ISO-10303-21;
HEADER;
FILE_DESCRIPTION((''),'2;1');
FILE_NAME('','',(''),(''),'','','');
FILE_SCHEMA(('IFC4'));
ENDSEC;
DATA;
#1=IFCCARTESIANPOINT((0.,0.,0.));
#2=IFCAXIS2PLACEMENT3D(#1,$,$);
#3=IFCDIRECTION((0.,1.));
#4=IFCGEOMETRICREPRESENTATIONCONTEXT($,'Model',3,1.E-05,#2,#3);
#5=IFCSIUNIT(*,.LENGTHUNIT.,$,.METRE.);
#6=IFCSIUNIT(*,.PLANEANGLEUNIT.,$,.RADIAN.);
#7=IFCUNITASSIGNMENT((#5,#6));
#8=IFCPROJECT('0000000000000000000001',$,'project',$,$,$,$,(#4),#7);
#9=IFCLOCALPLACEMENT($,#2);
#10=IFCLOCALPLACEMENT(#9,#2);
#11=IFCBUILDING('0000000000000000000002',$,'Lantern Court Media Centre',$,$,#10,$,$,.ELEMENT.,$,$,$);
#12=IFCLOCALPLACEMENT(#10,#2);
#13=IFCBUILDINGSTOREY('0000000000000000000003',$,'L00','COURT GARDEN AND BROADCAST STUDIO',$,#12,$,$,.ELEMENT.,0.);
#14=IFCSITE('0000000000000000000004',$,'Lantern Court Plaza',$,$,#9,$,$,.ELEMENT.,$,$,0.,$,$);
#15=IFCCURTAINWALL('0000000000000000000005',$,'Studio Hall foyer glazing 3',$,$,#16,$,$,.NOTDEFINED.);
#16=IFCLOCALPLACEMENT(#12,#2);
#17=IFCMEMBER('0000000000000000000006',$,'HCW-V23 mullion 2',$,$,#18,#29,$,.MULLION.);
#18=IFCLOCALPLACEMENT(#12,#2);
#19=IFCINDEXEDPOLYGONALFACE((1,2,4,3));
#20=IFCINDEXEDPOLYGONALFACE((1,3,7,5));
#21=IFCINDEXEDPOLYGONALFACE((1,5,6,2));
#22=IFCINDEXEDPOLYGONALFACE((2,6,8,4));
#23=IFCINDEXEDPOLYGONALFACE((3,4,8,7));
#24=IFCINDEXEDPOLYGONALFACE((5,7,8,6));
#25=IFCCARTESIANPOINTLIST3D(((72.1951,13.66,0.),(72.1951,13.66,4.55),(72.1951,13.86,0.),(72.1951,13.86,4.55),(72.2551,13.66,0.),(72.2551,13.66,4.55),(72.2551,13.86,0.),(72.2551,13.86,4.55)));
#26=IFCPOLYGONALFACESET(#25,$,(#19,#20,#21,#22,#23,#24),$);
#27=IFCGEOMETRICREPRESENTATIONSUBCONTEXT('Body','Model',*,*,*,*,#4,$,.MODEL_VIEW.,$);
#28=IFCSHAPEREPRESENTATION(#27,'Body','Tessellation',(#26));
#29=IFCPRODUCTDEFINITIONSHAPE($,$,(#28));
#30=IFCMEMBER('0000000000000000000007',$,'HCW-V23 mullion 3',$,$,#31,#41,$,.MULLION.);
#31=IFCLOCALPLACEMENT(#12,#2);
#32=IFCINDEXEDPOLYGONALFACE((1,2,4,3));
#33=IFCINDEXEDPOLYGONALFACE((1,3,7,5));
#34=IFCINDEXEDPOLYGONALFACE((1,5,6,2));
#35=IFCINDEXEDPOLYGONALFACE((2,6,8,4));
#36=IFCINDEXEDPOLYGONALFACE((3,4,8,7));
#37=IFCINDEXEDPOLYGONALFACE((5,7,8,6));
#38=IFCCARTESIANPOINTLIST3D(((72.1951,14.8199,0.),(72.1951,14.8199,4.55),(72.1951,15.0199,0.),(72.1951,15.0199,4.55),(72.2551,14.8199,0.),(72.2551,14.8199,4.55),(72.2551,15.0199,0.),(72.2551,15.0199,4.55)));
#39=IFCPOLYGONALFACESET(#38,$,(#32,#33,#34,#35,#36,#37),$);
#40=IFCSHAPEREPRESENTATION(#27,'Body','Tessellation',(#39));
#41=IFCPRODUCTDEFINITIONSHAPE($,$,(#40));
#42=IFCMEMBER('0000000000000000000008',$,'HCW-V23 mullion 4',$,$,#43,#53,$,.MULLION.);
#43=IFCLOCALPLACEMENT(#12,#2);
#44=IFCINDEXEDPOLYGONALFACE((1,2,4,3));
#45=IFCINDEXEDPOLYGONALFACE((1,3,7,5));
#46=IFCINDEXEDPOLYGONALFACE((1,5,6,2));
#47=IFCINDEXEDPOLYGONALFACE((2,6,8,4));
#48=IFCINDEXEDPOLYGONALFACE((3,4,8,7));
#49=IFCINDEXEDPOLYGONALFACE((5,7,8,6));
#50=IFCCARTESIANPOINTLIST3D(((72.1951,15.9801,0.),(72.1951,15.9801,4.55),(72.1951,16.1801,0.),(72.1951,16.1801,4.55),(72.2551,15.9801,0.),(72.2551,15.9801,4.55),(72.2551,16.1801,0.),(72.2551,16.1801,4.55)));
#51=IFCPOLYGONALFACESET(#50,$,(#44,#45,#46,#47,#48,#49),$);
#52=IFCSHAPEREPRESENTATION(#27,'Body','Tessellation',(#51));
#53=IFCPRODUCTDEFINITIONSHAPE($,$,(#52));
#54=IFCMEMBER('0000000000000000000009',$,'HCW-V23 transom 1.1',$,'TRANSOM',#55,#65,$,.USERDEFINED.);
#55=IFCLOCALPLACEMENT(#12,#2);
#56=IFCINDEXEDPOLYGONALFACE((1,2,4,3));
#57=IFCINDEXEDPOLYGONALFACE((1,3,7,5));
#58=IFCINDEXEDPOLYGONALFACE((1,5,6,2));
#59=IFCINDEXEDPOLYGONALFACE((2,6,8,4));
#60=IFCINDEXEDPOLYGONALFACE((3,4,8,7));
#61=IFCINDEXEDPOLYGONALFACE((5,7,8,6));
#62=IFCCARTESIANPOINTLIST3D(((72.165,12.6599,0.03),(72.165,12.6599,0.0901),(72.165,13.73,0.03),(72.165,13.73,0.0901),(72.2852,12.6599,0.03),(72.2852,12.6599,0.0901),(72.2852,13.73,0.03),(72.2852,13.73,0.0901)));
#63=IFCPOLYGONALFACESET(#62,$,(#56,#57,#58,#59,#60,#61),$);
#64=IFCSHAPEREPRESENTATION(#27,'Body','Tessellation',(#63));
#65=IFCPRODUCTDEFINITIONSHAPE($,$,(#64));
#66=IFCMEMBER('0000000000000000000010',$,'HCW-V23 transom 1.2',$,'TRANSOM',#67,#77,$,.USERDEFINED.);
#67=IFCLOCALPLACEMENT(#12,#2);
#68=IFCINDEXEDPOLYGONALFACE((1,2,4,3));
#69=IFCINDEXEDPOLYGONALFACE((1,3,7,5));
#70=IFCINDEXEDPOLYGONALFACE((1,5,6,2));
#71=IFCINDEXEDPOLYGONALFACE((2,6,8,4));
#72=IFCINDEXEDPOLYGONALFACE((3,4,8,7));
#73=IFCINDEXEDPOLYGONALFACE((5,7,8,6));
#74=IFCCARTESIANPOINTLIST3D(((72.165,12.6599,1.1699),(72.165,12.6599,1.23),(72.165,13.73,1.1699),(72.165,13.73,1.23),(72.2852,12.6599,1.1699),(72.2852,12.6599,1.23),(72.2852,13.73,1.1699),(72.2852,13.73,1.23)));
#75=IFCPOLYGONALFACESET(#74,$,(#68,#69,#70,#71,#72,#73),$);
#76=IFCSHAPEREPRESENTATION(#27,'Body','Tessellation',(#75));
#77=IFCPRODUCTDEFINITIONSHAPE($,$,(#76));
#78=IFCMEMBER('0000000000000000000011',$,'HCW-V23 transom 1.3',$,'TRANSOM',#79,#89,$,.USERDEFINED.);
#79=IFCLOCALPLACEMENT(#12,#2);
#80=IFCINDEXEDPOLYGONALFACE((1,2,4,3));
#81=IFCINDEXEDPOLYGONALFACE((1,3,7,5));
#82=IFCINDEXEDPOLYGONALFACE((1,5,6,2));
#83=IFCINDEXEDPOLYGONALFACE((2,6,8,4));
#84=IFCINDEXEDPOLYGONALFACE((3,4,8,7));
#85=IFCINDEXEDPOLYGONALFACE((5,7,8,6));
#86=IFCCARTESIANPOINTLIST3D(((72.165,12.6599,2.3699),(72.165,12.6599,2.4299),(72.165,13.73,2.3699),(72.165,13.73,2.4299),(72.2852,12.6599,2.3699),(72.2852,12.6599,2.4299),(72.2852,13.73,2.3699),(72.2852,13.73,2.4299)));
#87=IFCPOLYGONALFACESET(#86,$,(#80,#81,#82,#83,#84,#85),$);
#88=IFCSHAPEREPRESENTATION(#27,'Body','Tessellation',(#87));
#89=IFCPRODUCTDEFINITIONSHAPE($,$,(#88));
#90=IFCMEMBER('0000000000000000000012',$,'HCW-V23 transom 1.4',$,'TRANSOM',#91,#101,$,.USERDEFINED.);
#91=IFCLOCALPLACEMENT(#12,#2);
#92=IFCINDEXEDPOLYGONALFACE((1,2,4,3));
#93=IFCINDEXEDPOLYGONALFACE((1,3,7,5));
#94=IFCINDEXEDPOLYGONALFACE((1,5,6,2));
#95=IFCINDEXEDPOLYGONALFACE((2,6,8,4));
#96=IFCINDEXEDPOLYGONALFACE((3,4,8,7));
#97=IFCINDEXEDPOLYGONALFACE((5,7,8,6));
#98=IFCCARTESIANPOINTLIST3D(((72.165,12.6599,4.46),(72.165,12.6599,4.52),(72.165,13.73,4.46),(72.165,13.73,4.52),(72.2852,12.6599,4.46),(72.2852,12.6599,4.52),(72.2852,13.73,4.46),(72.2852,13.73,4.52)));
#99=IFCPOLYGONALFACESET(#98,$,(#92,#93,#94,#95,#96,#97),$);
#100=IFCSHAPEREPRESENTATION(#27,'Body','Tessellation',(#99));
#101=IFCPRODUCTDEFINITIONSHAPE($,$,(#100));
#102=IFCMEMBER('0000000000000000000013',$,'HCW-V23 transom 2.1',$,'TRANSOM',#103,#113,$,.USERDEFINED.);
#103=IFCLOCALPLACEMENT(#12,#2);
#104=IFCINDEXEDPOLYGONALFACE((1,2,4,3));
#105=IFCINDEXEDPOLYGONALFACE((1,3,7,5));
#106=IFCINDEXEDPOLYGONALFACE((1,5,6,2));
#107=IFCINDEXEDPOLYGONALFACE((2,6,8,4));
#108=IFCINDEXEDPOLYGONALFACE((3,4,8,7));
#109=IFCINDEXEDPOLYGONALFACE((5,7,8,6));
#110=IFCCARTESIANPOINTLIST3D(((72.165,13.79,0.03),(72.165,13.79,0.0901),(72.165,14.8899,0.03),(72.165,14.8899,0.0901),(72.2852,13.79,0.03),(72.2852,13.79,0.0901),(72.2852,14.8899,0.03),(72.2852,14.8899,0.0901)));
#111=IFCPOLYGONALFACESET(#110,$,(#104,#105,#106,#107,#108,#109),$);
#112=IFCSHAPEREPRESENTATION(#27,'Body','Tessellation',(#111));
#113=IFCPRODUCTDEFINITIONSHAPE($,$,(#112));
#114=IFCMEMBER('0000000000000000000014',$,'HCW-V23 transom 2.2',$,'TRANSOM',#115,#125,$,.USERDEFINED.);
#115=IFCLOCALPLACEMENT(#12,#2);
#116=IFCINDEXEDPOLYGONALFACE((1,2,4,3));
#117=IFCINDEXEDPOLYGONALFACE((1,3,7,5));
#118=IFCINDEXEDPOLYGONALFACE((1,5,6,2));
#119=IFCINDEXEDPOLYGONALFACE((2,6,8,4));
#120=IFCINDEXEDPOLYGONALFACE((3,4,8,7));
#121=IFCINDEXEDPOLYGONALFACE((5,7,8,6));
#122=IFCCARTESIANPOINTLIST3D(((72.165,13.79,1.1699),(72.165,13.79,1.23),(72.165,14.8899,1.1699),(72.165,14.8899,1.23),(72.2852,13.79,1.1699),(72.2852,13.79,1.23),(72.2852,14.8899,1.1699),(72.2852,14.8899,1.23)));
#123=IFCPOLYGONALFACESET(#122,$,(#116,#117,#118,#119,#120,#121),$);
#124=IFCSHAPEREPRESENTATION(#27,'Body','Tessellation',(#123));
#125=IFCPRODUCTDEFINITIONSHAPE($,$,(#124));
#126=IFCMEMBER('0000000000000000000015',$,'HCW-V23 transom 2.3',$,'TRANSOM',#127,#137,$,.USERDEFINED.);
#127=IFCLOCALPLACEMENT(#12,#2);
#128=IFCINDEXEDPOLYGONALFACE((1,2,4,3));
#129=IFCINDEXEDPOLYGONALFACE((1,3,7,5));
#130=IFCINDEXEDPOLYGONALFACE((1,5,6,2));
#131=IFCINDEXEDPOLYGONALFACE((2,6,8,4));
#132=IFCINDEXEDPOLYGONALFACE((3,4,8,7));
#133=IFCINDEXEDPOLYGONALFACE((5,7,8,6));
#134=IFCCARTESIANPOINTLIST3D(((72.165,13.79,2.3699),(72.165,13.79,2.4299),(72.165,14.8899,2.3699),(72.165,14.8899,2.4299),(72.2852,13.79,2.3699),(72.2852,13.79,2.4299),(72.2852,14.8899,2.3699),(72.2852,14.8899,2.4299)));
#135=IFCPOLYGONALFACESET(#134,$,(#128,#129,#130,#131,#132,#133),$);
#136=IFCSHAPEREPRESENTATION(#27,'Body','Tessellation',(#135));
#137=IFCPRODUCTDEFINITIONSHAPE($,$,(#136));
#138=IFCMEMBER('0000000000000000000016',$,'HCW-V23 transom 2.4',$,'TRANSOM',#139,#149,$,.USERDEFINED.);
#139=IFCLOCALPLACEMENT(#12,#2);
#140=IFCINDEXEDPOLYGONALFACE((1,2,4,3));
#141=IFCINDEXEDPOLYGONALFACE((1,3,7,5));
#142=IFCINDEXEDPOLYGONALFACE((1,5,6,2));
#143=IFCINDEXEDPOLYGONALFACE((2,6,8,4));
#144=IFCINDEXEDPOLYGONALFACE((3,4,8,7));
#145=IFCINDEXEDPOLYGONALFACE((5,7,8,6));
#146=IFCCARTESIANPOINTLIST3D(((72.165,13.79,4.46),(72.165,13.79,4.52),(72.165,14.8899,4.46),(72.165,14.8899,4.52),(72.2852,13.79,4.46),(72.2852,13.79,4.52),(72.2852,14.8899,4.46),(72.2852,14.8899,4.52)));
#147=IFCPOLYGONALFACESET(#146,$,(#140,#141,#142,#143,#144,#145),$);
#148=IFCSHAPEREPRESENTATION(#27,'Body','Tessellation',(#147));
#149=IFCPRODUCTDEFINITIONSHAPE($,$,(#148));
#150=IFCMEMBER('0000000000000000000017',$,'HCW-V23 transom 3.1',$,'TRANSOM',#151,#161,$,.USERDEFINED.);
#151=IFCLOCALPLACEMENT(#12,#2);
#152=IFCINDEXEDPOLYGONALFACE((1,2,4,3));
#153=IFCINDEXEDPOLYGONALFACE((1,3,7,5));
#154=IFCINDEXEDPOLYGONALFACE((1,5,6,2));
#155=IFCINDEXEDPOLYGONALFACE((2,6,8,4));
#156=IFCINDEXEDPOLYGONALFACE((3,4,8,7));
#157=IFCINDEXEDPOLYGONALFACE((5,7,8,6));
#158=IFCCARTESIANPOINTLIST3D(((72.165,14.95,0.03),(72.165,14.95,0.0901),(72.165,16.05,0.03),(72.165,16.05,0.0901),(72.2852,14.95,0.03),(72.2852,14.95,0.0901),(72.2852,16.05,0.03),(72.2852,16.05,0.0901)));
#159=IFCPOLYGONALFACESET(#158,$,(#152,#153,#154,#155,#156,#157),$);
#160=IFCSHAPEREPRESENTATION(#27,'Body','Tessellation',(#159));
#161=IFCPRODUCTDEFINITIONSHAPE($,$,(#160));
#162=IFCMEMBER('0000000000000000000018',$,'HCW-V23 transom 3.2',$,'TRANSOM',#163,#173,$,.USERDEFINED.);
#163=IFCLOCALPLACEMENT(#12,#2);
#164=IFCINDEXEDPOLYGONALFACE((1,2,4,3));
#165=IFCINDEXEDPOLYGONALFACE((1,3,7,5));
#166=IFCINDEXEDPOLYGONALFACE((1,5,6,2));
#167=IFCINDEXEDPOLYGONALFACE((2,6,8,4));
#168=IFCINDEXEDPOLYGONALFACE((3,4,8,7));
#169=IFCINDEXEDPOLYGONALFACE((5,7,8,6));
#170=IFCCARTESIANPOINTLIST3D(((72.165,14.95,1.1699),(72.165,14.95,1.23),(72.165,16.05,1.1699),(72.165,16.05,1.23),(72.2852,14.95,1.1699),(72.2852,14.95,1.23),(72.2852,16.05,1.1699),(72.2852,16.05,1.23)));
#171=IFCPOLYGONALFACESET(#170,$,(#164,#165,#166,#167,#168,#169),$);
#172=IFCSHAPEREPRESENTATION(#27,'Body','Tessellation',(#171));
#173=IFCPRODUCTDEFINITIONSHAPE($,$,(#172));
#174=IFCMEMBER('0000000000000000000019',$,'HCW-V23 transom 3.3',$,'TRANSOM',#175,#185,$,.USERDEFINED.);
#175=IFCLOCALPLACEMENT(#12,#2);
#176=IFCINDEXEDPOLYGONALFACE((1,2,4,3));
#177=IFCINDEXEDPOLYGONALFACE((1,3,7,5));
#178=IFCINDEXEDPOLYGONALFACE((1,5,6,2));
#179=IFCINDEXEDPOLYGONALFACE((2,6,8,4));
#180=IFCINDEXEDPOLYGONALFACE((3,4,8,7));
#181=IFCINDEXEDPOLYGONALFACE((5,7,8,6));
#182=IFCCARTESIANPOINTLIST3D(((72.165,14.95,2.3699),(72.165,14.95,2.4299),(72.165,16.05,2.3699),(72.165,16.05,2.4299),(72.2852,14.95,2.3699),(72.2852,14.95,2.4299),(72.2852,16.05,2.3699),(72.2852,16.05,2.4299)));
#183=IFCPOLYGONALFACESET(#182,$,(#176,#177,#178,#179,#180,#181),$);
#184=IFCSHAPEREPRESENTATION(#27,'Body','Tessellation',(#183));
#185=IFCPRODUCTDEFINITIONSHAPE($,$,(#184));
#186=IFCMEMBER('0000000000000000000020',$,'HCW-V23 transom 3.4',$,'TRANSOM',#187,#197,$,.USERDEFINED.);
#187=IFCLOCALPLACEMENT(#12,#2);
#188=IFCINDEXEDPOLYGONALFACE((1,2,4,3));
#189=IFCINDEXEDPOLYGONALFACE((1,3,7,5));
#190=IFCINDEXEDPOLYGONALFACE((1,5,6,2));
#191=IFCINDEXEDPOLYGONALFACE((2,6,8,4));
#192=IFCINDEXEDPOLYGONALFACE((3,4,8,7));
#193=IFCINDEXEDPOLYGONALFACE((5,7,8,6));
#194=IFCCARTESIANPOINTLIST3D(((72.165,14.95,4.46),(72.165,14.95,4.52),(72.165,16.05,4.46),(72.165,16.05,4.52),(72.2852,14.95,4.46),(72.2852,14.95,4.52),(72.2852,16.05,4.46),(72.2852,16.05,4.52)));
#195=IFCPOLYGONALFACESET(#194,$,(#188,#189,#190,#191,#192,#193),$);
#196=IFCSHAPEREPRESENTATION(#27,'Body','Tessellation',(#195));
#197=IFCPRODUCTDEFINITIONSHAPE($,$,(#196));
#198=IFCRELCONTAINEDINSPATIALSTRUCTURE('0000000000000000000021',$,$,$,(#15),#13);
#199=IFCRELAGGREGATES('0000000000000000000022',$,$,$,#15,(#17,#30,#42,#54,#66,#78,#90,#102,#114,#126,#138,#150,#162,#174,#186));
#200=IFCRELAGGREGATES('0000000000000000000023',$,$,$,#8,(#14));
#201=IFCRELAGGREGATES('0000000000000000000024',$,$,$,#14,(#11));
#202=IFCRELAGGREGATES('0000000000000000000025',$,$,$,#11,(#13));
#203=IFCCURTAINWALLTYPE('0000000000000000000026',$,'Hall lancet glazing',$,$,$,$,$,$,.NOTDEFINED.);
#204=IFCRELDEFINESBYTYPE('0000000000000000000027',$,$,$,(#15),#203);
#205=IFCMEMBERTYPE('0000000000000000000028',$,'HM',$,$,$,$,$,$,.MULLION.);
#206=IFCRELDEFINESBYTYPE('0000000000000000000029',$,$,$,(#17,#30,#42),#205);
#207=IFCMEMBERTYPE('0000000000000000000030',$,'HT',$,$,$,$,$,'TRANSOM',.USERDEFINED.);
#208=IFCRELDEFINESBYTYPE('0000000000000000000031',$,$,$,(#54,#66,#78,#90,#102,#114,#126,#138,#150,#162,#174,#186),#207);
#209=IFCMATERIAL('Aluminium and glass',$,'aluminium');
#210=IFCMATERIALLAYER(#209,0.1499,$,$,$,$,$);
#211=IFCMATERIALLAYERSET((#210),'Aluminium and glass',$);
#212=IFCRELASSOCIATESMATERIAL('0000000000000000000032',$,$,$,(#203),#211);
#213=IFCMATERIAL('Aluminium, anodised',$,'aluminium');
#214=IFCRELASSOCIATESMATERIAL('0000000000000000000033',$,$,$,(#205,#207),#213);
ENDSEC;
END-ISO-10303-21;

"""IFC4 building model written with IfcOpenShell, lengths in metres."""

from ifc_helpers import new_model, si_unit, direction, frame, origin, origin_2d, place, context, subcontext, project, spatial, rectangle, extrude, material, layer, layer_set, material_profile, profile_set, type_object, element, aggregate, save


model = new_model("IFC4")

# Units and contexts
model_context = context("Model", 3, precision=1e-05, world=origin(), true_north=direction((0.0, 1.0)))
body_context = subcontext(model_context, "Body", "Model", "MODEL_VIEW")
ifc_project = project(units=[si_unit("LENGTHUNIT", "METRE"), si_unit("PLANEANGLEUNIT", "RADIAN")], contexts=[model_context])

# Site, building, storey
site_placement = place(None, origin())
site = spatial("IfcSite", under=ifc_project, at=site_placement, Name="Lantern Court Plaza", CompositionType="ELEMENT", RefElevation=0.0)
building_placement = place(site_placement, origin())
building = spatial("IfcBuilding", under=site, at=building_placement, Name="Lantern Court Media Centre", CompositionType="ELEMENT")
storey_placement = place(building_placement, origin())
storey = spatial("IfcBuildingStorey", under=building, at=storey_placement, Name="L00", Description="COURT GARDEN AND BROADCAST STUDIO", CompositionType="ELEMENT", Elevation=0.0)

# Curtain wall, members
ifc_material_1 = material(Name="Aluminium and glass", Category="aluminium")
ifc_layer_1 = layer(ifc_material_1, 0.1499)
ifc_layer_set_1 = layer_set([ifc_layer_1], Name="Aluminium and glass")
curtain_wall_type = type_object("IfcCurtainWallType", Name="Hall lancet glazing", PredefinedType="NOTDEFINED", material=ifc_layer_set_1)
curtain_wall_placement = place(storey_placement, origin())
curtain_wall = element("IfcCurtainWall", 1, at=curtain_wall_placement, inside=storey, type_object=curtain_wall_type, Name="Studio Hall foyer glazing 3", PredefinedType="NOTDEFINED")
ifc_material_2 = material(Name="Aluminium, anodised", Category="aluminium")
ifc_material_profile_1 = material_profile(ifc_material_2, rectangle(XDim=0.0601, YDim=0.2, at=origin_2d()), Name="HM")
ifc_profile_set_1 = profile_set([ifc_material_profile_1], Name="Aluminium, anodised")
member_type_1 = type_object("IfcMemberType", Name="HM", PredefinedType="MULLION", material=ifc_profile_set_1)
member_1_placement = place(storey_placement, frame((72.2251, 13.76, 0.0), z_axis=(0.0, 0.0, 1.0), x_axis=(-1.0, 0.0, 0.0)))
member_1 = element("IfcMember", 2, at=member_1_placement, type_object=member_type_1, Name="HCW-V23 mullion 2", PredefinedType="MULLION", context=body_context, shape_type="SweptSolid", body=[
    extrude(rectangle(XDim=0.0601, YDim=0.2, at=origin_2d()), origin(), (0.0, 0.0, 1.0), 4.55),
])
member_2_placement = place(storey_placement, frame((72.2251, 14.9199, 0.0), z_axis=(0.0, 0.0, 1.0), x_axis=(-1.0, 0.0, 0.0)))
member_2 = element("IfcMember", 3, at=member_2_placement, type_object=member_type_1, Name="HCW-V23 mullion 3", PredefinedType="MULLION", context=body_context, shape_type="SweptSolid", body=[
    extrude(rectangle(XDim=0.0601, YDim=0.2, at=origin_2d()), origin(), (0.0, 0.0, 1.0), 4.55),
])
member_3_placement = place(storey_placement, frame((72.2251, 16.0801, 0.0), z_axis=(0.0, 0.0, 1.0), x_axis=(-1.0, 0.0, 0.0)))
member_3 = element("IfcMember", 4, at=member_3_placement, type_object=member_type_1, Name="HCW-V23 mullion 4", PredefinedType="MULLION", context=body_context, shape_type="SweptSolid", body=[
    extrude(rectangle(XDim=0.0601, YDim=0.2, at=origin_2d()), origin(), (0.0, 0.0, 1.0), 4.55),
])
ifc_material_profile_2 = material_profile(ifc_material_2, rectangle(XDim=0.1201, YDim=0.0601, at=origin_2d()), Name="HT")
ifc_profile_set_2 = profile_set([ifc_material_profile_2], Name="Aluminium, anodised")
member_type_2 = type_object("IfcMemberType", Name="HT", ElementType="TRANSOM", PredefinedType="USERDEFINED", material=ifc_profile_set_2)
member_4_placement = place(storey_placement, frame((72.2251, 12.6599, 0.0601), z_axis=(0.0, 1.0, 0.0), x_axis=(-1.0, 0.0, 0.0)))
member_4 = element("IfcMember", 5, at=member_4_placement, type_object=member_type_2, Name="HCW-V23 transom 1.1", ObjectType="TRANSOM", PredefinedType="USERDEFINED", context=body_context, shape_type="SweptSolid", body=[
    extrude(rectangle(XDim=0.1201, YDim=0.0601, at=origin_2d()), origin(), (0.0, 0.0, 1.0), 1.0701),
])
member_5_placement = place(storey_placement, frame((72.2251, 12.6599, 1.2), z_axis=(0.0, 1.0, 0.0), x_axis=(-1.0, 0.0, 0.0)))
member_5 = element("IfcMember", 6, at=member_5_placement, type_object=member_type_2, Name="HCW-V23 transom 1.2", ObjectType="TRANSOM", PredefinedType="USERDEFINED", context=body_context, shape_type="SweptSolid", body=[
    extrude(rectangle(XDim=0.1201, YDim=0.0601, at=origin_2d()), origin(), (0.0, 0.0, 1.0), 1.0701),
])
member_6_placement = place(storey_placement, frame((72.2251, 12.6599, 2.3999), z_axis=(0.0, 1.0, 0.0), x_axis=(-1.0, 0.0, 0.0)))
member_6 = element("IfcMember", 7, at=member_6_placement, type_object=member_type_2, Name="HCW-V23 transom 1.3", ObjectType="TRANSOM", PredefinedType="USERDEFINED", context=body_context, shape_type="SweptSolid", body=[
    extrude(rectangle(XDim=0.1201, YDim=0.0601, at=origin_2d()), origin(), (0.0, 0.0, 1.0), 1.0701),
])
member_7_placement = place(storey_placement, frame((72.2251, 12.6599, 4.49), z_axis=(0.0, 1.0, 0.0), x_axis=(-1.0, 0.0, 0.0)))
member_7 = element("IfcMember", 8, at=member_7_placement, type_object=member_type_2, Name="HCW-V23 transom 1.4", ObjectType="TRANSOM", PredefinedType="USERDEFINED", context=body_context, shape_type="SweptSolid", body=[
    extrude(rectangle(XDim=0.1201, YDim=0.0601, at=origin_2d()), origin(), (0.0, 0.0, 1.0), 1.0701),
])
member_8_placement = place(storey_placement, frame((72.2251, 13.79, 0.0601), z_axis=(0.0, 1.0, 0.0), x_axis=(-1.0, 0.0, 0.0)))
member_8 = element("IfcMember", 9, at=member_8_placement, type_object=member_type_2, Name="HCW-V23 transom 2.1", ObjectType="TRANSOM", PredefinedType="USERDEFINED", context=body_context, shape_type="SweptSolid", body=[
    extrude(rectangle(XDim=0.1201, YDim=0.0601, at=origin_2d()), origin(), (0.0, 0.0, 1.0), 1.0999),
])
member_9_placement = place(storey_placement, frame((72.2251, 13.79, 1.2), z_axis=(0.0, 1.0, 0.0), x_axis=(-1.0, 0.0, 0.0)))
member_9 = element("IfcMember", 10, at=member_9_placement, type_object=member_type_2, Name="HCW-V23 transom 2.2", ObjectType="TRANSOM", PredefinedType="USERDEFINED", context=body_context, shape_type="SweptSolid", body=[
    extrude(rectangle(XDim=0.1201, YDim=0.0601, at=origin_2d()), origin(), (0.0, 0.0, 1.0), 1.0999),
])
member_10_placement = place(storey_placement, frame((72.2251, 13.79, 2.3999), z_axis=(0.0, 1.0, 0.0), x_axis=(-1.0, 0.0, 0.0)))
member_10 = element("IfcMember", 11, at=member_10_placement, type_object=member_type_2, Name="HCW-V23 transom 2.3", ObjectType="TRANSOM", PredefinedType="USERDEFINED", context=body_context, shape_type="SweptSolid", body=[
    extrude(rectangle(XDim=0.1201, YDim=0.0601, at=origin_2d()), origin(), (0.0, 0.0, 1.0), 1.0999),
])
member_11_placement = place(storey_placement, frame((72.2251, 13.79, 4.49), z_axis=(0.0, 1.0, 0.0), x_axis=(-1.0, 0.0, 0.0)))
member_11 = element("IfcMember", 12, at=member_11_placement, type_object=member_type_2, Name="HCW-V23 transom 2.4", ObjectType="TRANSOM", PredefinedType="USERDEFINED", context=body_context, shape_type="SweptSolid", body=[
    extrude(rectangle(XDim=0.1201, YDim=0.0601, at=origin_2d()), origin(), (0.0, 0.0, 1.0), 1.0999),
])
member_12_placement = place(storey_placement, frame((72.2251, 14.95, 0.0601), z_axis=(0.0, 1.0, 0.0), x_axis=(-1.0, 0.0, 0.0)))
member_12 = element("IfcMember", 13, at=member_12_placement, type_object=member_type_2, Name="HCW-V23 transom 3.1", ObjectType="TRANSOM", PredefinedType="USERDEFINED", context=body_context, shape_type="SweptSolid", body=[
    extrude(rectangle(XDim=0.1201, YDim=0.0601, at=origin_2d()), origin(), (0.0, 0.0, 1.0), 1.1001),
])
member_13_placement = place(storey_placement, frame((72.2251, 14.95, 1.2), z_axis=(0.0, 1.0, 0.0), x_axis=(-1.0, 0.0, 0.0)))
member_13 = element("IfcMember", 14, at=member_13_placement, type_object=member_type_2, Name="HCW-V23 transom 3.2", ObjectType="TRANSOM", PredefinedType="USERDEFINED", context=body_context, shape_type="SweptSolid", body=[
    extrude(rectangle(XDim=0.1201, YDim=0.0601, at=origin_2d()), origin(), (0.0, 0.0, 1.0), 1.1001),
])
member_14_placement = place(storey_placement, frame((72.2251, 14.95, 2.3999), z_axis=(0.0, 1.0, 0.0), x_axis=(-1.0, 0.0, 0.0)))
member_14 = element("IfcMember", 15, at=member_14_placement, type_object=member_type_2, Name="HCW-V23 transom 3.3", ObjectType="TRANSOM", PredefinedType="USERDEFINED", context=body_context, shape_type="SweptSolid", body=[
    extrude(rectangle(XDim=0.1201, YDim=0.0601, at=origin_2d()), origin(), (0.0, 0.0, 1.0), 1.1001),
])
member_15_placement = place(storey_placement, frame((72.2251, 14.95, 4.49), z_axis=(0.0, 1.0, 0.0), x_axis=(-1.0, 0.0, 0.0)))
member_15 = element("IfcMember", 16, at=member_15_placement, type_object=member_type_2, Name="HCW-V23 transom 3.4", ObjectType="TRANSOM", PredefinedType="USERDEFINED", context=body_context, shape_type="SweptSolid", body=[
    extrude(rectangle(XDim=0.1201, YDim=0.0601, at=origin_2d()), origin(), (0.0, 0.0, 1.0), 1.1001),
])
aggregate(curtain_wall, [member_1, member_2, member_3, member_4, member_5, member_6, member_7, member_8, member_9, member_10, member_11, member_12, member_13, member_14, member_15])

save(model, "model.ifc")
